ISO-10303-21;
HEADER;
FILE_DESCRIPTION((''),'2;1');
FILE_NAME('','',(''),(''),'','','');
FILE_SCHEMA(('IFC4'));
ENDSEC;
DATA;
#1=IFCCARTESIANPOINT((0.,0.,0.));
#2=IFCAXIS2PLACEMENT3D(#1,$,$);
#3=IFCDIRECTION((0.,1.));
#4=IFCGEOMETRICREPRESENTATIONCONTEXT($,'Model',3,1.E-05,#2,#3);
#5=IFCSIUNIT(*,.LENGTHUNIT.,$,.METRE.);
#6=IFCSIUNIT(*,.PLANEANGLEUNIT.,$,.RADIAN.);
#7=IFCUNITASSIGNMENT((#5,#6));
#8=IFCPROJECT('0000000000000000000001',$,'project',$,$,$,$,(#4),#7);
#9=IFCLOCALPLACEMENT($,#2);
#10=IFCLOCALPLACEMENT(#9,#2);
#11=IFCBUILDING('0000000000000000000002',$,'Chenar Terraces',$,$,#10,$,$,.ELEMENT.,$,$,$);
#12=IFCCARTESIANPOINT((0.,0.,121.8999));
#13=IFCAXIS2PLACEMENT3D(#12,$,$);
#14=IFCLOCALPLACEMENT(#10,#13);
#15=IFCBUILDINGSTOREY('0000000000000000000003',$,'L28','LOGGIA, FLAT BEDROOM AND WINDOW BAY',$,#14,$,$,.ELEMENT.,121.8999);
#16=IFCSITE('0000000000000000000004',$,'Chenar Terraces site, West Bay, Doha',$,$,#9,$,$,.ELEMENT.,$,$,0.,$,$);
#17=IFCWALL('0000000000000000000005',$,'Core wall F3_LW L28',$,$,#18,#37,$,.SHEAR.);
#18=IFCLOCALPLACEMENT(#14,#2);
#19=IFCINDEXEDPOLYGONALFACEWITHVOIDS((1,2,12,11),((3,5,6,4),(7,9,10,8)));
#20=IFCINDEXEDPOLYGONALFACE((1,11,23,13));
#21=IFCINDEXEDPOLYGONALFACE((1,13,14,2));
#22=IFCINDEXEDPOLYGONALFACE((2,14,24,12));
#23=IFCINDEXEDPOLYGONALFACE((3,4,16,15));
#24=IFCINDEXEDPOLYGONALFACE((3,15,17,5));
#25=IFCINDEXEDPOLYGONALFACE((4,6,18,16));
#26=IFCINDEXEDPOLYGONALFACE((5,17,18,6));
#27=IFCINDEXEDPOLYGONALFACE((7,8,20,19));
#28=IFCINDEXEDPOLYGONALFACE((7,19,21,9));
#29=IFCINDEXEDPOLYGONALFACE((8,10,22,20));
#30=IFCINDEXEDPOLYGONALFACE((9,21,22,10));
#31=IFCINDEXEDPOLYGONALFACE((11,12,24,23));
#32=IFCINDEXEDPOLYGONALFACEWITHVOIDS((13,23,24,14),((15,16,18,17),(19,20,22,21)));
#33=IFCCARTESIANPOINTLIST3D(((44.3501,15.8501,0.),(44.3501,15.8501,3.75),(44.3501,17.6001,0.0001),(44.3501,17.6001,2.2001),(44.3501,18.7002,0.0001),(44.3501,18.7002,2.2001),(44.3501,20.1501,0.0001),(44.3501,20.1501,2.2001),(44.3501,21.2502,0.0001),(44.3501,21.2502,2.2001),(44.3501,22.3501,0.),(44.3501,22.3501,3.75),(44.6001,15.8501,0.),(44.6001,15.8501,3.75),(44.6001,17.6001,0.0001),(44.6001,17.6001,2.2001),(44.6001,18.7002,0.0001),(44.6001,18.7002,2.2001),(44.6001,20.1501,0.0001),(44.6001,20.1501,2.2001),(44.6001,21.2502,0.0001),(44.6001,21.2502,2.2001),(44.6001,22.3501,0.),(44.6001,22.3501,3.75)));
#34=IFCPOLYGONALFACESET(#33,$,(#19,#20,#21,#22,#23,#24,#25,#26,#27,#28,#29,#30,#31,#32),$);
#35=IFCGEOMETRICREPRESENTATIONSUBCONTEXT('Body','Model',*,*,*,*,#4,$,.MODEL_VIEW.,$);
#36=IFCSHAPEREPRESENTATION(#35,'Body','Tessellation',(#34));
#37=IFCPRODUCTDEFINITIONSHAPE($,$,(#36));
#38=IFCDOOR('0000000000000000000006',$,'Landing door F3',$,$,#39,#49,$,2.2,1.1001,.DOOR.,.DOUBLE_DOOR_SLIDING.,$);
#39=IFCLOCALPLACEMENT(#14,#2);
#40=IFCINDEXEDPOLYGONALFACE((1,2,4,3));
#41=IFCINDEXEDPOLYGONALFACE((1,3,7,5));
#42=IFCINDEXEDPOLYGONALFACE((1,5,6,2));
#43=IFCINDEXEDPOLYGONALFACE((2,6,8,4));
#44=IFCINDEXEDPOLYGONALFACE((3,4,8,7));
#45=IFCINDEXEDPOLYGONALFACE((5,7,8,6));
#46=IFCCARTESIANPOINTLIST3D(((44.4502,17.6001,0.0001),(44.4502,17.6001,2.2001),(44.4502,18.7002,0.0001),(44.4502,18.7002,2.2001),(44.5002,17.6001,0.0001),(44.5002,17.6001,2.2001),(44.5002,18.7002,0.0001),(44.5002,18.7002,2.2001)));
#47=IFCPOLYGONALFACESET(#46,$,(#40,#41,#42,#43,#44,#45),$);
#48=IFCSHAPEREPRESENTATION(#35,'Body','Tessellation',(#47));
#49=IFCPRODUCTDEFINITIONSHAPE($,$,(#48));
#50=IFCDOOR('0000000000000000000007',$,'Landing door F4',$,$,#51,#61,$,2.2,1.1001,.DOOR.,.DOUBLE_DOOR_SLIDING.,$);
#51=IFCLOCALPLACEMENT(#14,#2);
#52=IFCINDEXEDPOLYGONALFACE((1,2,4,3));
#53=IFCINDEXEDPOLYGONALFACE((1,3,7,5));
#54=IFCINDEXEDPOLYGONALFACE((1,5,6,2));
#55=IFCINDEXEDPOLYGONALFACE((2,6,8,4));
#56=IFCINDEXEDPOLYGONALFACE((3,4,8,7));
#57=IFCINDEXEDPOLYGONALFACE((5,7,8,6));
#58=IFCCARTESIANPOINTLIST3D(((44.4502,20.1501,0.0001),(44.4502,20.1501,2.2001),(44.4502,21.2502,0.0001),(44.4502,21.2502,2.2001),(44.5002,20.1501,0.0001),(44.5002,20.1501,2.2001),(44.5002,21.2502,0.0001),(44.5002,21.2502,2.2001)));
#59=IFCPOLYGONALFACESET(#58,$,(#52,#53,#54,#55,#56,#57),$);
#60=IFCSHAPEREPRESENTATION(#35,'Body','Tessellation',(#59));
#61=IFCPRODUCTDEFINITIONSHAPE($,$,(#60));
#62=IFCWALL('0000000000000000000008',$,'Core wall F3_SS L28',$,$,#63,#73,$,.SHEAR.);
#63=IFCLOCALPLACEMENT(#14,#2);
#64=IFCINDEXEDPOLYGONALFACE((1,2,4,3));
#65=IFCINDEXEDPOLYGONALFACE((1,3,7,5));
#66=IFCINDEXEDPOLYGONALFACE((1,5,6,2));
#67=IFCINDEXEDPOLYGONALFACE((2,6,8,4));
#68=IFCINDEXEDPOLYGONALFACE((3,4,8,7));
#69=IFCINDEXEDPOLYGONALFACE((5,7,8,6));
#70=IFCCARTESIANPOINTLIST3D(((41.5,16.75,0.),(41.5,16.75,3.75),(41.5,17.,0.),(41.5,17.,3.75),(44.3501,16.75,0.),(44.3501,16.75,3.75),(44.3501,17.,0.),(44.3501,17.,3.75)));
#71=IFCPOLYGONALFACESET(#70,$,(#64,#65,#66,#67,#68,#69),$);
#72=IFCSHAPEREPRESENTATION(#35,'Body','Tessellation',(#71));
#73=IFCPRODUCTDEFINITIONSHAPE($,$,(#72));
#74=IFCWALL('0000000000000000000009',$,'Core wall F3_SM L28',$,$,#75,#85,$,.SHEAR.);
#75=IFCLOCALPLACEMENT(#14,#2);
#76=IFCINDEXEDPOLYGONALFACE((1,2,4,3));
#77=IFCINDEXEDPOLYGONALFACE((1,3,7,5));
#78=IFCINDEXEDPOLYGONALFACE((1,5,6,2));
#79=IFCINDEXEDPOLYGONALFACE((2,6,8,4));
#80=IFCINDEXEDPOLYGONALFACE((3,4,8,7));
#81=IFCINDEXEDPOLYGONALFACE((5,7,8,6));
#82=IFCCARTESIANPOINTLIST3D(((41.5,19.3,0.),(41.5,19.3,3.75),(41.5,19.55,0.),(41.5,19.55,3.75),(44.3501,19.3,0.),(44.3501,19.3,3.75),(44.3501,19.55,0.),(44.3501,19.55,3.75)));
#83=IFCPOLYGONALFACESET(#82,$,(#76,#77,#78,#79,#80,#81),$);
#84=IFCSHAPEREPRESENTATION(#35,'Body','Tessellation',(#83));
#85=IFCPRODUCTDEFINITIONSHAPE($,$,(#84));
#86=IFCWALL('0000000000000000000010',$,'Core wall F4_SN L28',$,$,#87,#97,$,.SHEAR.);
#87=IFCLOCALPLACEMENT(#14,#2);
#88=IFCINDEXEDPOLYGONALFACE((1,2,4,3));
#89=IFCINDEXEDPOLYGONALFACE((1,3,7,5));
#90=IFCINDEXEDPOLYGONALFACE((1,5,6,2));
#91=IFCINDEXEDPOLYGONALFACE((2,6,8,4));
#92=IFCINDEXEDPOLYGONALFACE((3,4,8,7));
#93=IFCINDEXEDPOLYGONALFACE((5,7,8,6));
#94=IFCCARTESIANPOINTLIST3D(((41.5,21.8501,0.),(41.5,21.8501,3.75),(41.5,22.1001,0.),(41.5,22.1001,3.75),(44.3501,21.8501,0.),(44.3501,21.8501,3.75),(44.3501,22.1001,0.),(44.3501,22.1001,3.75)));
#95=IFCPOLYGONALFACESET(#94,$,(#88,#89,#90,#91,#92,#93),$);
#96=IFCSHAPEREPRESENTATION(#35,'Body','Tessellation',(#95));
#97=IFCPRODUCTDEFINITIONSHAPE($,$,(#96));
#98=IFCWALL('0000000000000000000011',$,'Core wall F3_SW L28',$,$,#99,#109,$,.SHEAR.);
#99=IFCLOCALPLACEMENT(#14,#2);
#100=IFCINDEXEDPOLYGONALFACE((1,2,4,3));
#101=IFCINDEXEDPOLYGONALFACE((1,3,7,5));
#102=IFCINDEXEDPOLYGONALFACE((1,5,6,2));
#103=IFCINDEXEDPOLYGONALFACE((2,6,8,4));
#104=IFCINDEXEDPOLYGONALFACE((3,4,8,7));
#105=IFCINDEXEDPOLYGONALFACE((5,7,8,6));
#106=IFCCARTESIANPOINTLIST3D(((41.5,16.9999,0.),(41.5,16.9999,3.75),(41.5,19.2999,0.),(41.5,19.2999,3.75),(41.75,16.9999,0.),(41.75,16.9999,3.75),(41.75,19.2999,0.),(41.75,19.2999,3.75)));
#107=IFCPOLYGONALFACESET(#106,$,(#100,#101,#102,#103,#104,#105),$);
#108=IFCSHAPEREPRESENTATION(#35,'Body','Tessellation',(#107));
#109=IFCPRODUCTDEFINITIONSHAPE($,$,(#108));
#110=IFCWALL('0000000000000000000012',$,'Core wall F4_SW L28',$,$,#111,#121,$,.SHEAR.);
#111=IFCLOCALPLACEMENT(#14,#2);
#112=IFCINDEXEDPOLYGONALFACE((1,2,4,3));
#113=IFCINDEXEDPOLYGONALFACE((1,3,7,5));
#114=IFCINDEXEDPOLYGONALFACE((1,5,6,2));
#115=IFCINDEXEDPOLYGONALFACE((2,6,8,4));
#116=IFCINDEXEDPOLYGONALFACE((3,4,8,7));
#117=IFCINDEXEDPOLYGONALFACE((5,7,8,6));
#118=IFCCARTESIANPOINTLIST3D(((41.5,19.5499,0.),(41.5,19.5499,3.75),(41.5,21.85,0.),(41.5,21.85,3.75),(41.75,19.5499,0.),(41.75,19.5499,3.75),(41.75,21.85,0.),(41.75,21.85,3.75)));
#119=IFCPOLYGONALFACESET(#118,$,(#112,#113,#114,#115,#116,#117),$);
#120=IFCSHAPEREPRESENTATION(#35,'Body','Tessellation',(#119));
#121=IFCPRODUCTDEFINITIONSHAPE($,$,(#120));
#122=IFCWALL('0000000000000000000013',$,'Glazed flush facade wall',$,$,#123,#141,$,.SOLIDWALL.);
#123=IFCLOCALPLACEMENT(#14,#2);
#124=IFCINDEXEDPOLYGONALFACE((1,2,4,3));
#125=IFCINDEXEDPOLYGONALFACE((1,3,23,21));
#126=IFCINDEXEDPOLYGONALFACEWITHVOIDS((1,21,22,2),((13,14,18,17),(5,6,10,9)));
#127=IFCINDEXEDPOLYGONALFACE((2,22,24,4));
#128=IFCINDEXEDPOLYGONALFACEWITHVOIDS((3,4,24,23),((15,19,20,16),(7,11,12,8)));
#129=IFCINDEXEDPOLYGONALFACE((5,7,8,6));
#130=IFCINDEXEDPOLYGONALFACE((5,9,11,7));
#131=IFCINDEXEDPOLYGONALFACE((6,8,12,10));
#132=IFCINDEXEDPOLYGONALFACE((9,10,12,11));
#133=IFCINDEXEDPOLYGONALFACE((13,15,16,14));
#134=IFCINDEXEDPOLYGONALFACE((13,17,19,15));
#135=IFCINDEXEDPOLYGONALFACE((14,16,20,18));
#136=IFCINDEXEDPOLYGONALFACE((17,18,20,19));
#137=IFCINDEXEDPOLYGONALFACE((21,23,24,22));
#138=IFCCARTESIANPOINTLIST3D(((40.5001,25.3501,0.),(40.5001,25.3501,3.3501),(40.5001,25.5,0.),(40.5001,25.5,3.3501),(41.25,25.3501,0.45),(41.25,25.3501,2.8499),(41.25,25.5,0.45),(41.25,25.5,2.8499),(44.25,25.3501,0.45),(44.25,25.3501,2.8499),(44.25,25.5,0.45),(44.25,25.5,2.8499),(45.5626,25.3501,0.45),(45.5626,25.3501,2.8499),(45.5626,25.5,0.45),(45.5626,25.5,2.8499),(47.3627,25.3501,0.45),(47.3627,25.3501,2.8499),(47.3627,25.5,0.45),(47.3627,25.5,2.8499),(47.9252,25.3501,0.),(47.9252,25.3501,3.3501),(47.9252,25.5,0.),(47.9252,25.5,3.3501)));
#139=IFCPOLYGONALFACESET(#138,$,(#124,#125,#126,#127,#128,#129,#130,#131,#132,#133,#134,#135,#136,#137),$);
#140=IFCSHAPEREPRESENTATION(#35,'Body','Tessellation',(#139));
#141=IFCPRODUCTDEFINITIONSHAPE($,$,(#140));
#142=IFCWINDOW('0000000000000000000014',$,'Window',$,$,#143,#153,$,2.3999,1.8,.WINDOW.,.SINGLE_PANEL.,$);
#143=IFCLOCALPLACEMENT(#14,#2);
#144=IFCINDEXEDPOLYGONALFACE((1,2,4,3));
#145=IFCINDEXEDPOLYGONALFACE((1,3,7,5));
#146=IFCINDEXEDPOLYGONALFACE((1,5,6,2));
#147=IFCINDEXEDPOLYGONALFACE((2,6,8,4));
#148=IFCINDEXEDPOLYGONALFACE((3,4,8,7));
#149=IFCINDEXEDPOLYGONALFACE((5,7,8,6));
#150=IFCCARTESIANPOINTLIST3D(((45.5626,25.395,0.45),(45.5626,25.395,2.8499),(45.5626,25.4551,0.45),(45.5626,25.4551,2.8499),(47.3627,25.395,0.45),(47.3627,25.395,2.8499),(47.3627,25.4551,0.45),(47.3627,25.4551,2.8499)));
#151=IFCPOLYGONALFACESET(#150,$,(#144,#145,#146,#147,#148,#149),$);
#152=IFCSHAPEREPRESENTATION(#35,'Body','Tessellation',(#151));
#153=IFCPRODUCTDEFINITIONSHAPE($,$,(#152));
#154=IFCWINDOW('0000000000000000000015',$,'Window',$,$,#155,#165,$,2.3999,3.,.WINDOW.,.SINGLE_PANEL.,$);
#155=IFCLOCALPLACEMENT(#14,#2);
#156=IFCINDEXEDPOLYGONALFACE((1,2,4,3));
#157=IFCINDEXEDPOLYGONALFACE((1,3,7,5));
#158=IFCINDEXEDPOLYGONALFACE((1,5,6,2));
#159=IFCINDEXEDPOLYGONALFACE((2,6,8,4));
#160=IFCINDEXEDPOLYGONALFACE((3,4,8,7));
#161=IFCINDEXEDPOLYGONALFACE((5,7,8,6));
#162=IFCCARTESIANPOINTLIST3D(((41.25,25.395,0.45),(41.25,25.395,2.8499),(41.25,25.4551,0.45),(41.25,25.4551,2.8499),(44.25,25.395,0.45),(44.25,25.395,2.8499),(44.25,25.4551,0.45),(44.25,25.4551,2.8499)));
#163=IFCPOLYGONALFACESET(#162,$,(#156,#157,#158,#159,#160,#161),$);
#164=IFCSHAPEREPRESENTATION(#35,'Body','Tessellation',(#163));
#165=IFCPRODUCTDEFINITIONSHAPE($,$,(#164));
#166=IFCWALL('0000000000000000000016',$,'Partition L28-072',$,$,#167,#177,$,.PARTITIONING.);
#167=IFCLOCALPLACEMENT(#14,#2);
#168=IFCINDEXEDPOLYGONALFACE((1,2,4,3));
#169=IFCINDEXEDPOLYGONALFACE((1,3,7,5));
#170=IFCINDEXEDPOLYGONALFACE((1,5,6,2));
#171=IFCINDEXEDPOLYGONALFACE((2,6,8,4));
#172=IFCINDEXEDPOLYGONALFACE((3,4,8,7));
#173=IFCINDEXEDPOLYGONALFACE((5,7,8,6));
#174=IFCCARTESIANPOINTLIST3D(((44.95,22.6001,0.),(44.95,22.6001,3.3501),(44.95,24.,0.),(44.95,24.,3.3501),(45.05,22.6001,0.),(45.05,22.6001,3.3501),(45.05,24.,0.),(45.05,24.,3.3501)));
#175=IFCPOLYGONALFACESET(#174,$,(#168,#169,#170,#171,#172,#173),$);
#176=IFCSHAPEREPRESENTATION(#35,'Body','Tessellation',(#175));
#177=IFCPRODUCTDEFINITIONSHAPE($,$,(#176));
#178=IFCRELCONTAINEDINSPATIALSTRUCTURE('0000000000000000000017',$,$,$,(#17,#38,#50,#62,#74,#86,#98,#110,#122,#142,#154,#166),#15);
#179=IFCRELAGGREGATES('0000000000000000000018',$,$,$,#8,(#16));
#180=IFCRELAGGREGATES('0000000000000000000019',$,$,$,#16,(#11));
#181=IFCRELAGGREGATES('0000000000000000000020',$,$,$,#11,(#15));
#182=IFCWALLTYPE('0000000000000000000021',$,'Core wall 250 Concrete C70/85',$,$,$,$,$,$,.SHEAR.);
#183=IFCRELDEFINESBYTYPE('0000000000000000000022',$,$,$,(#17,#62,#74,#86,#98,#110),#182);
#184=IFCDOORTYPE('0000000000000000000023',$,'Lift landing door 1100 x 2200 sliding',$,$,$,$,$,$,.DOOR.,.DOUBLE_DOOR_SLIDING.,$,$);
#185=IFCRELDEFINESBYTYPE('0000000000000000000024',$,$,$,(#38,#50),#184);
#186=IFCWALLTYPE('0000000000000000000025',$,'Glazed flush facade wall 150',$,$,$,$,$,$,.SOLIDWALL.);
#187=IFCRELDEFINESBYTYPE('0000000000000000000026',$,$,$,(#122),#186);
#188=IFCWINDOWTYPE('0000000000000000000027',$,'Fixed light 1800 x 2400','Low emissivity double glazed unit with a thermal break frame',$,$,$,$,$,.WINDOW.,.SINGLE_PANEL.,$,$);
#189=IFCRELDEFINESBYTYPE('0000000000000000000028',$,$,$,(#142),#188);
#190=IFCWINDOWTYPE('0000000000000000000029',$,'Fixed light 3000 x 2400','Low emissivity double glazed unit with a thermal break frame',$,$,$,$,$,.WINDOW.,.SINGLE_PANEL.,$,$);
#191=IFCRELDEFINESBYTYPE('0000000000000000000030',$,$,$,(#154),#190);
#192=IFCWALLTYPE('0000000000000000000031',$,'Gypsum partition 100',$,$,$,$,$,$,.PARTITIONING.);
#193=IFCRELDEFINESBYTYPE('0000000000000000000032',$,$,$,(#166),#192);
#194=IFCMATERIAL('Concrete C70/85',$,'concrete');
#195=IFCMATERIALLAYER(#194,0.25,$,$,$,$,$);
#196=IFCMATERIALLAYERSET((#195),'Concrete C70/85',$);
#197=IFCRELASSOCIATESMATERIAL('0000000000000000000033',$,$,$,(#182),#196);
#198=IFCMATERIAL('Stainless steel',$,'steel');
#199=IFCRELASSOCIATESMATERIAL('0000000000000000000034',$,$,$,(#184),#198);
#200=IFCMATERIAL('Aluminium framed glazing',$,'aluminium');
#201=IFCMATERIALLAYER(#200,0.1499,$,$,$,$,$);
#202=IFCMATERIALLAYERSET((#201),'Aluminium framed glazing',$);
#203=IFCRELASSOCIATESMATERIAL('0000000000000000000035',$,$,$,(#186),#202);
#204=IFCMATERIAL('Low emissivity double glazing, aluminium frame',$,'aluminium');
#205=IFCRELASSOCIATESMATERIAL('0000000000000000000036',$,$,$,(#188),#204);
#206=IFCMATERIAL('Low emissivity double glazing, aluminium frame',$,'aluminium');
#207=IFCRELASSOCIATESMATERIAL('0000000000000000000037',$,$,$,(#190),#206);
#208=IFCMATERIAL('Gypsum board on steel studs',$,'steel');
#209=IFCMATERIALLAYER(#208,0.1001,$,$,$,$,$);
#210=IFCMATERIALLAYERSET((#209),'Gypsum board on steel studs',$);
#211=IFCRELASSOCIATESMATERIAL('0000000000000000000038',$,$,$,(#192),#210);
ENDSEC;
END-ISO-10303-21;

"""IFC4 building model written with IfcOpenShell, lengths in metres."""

from ifc_helpers import new_model, si_unit, direction, frame, frame_2d, origin, place, context, subcontext, project, spatial, rectangle, extrude, material, layer, layer_set, type_object, element, fill, save


model = new_model("IFC4")

# Units and contexts
model_context = context("Model", 3, precision=1e-05, world=origin(), true_north=direction((0.0, 1.0)))
body_context = subcontext(model_context, "Body", "Model", "MODEL_VIEW")
ifc_project = project(units=[si_unit("LENGTHUNIT", "METRE"), si_unit("PLANEANGLEUNIT", "RADIAN")], contexts=[model_context])

# Site, building, storey
site_placement = place(None, origin())
site = spatial("IfcSite", under=ifc_project, at=site_placement, Name="Chenar Terraces site, West Bay, Doha", CompositionType="ELEMENT", RefElevation=0.0)
building_placement = place(site_placement, origin())
building = spatial("IfcBuilding", under=site, at=building_placement, Name="Chenar Terraces", CompositionType="ELEMENT")
storey_placement = place(building_placement, frame((0.0, 0.0, 121.8999)))
storey = spatial("IfcBuildingStorey", under=building, at=storey_placement, Name="L28", Description="LOGGIA, FLAT BEDROOM AND WINDOW BAY", CompositionType="ELEMENT", Elevation=121.8999)

# Shared definitions
ifc_material_1 = material(Name="Concrete C70/85", Category="concrete")
ifc_layer_1 = layer(ifc_material_1, 0.25)
ifc_layer_set_1 = layer_set([ifc_layer_1], Name="Concrete C70/85")
wall_type_1 = type_object("IfcWallType", Name="Core wall 250 Concrete C70/85", PredefinedType="SHEAR", material=ifc_layer_set_1)

# Wall, openings, doors
wall_1_placement = place(storey_placement, frame((44.4751, 15.8501, 0.0), z_axis=(0.0, 0.0, 1.0), x_axis=(0.0, 1.0, 0.0)))
wall_1 = element("IfcWall", 1, at=wall_1_placement, inside=storey, type_object=wall_type_1, Name="Core wall F3_LW L28", PredefinedType="SHEAR", context=body_context, shape_type="SweptSolid", body=[
    extrude(rectangle(XDim=6.5, YDim=0.25, at=frame_2d((3.25, 0.0))), origin(), (0.0, 0.0, 1.0), 3.75),
])
opening_1_placement = place(wall_1_placement, frame((1.75, 0.0, 0.0)))
opening_1 = element("IfcOpeningElement", 2, at=opening_1_placement, cuts=wall_1, PredefinedType="OPENING", context=body_context, shape_type="SweptSolid", body=[
    extrude(rectangle(XDim=1.1001, YDim=2.2, at=frame_2d((0.55, 1.1001))), frame((0.0, 0.135, 0.0), z_axis=(0.0, -1.0, 0.0), x_axis=(1.0, 0.0, 0.0)), (0.0, 0.0, 1.0), 0.27),
])
opening_2_placement = place(wall_1_placement, frame((4.3, 0.0, 0.0)))
opening_2 = element("IfcOpeningElement", 3, at=opening_2_placement, cuts=wall_1, PredefinedType="OPENING", context=body_context, shape_type="SweptSolid", body=[
    extrude(rectangle(XDim=1.1001, YDim=2.2, at=frame_2d((0.55, 1.1001))), frame((0.0, 0.135, 0.0), z_axis=(0.0, -1.0, 0.0), x_axis=(1.0, 0.0, 0.0)), (0.0, 0.0, 1.0), 0.27),
])
ifc_material_2 = material(Name="Stainless steel", Category="steel")
door_type_1 = type_object("IfcDoorType", Name="Lift landing door 1100 x 2200 sliding", OperationType="DOUBLE_DOOR_SLIDING", PredefinedType="DOOR", material=ifc_material_2)
door_1_placement = place(opening_1_placement, origin())
door_1 = element("IfcDoor", 4, at=door_1_placement, inside=storey, type_object=door_type_1, Name="Landing door F3", OperationType="DOUBLE_DOOR_SLIDING", OverallHeight=2.2, OverallWidth=1.1001, PredefinedType="DOOR", context=body_context, shape_type="SweptSolid", body=[
    extrude(rectangle(XDim=1.1001, YDim=2.2, at=frame_2d((0.55, 1.1001))), frame((0.0, 0.0249, 0.0), z_axis=(0.0, -1.0, 0.0), x_axis=(1.0, 0.0, 0.0)), (0.0, 0.0, 1.0), 0.05),
])
fill(opening_1, door_1)
door_2_placement = place(opening_2_placement, origin())
door_2 = element("IfcDoor", 5, at=door_2_placement, inside=storey, type_object=door_type_1, Name="Landing door F4", OperationType="DOUBLE_DOOR_SLIDING", OverallHeight=2.2, OverallWidth=1.1001, PredefinedType="DOOR", context=body_context, shape_type="SweptSolid", body=[
    extrude(rectangle(XDim=1.1001, YDim=2.2, at=frame_2d((0.55, 1.1001))), frame((0.0, 0.0249, 0.0), z_axis=(0.0, -1.0, 0.0), x_axis=(1.0, 0.0, 0.0)), (0.0, 0.0, 1.0), 0.05),
])
fill(opening_2, door_2)

# Walls
for number, where, z_axis, x_axis, name in (
    (6, (41.5, 16.875, 0.0), (0.0, 0.0, 1.0), (1.0, 0.0, 0.0), "Core wall F3_SS L28"),
    (7, (41.5, 19.425, 0.0), (0.0, 0.0, 1.0), (1.0, 0.0, 0.0), "Core wall F3_SM L28"),
    (8, (41.5, 21.9751, 0.0), (0.0, 0.0, 1.0), (1.0, 0.0, 0.0), "Core wall F4_SN L28"),
):
    element("IfcWall", number, at=place(storey_placement, frame(where, z_axis=z_axis, x_axis=x_axis)), inside=storey, type_object=wall_type_1, Name=name, PredefinedType="SHEAR", context=body_context, shape_type="SweptSolid", body=[
        extrude(rectangle(XDim=2.8501, YDim=0.25, at=frame_2d((1.425, 0.0))), origin(), (0.0, 0.0, 1.0), 3.75),
    ])
for number, where, z_axis, x_axis, name in (
    (9, (41.625, 17.0, 0.0), (0.0, 0.0, 1.0), (0.0, 1.0, 0.0), "Core wall F3_SW L28"),
    (10, (41.625, 19.55, 0.0), (0.0, 0.0, 1.0), (0.0, 1.0, 0.0), "Core wall F4_SW L28"),
):
    element("IfcWall", number, at=place(storey_placement, frame(where, z_axis=z_axis, x_axis=x_axis)), inside=storey, type_object=wall_type_1, Name=name, PredefinedType="SHEAR", context=body_context, shape_type="SweptSolid", body=[
        extrude(rectangle(XDim=2.3, YDim=0.25, at=frame_2d((1.1499, 0.0))), origin(), (0.0, 0.0, 1.0), 3.75),
    ])

# Wall, openings, windows
ifc_material_3 = material(Name="Aluminium framed glazing", Category="aluminium")
ifc_layer_2 = layer(ifc_material_3, 0.1499)
ifc_layer_set_2 = layer_set([ifc_layer_2], Name="Aluminium framed glazing")
wall_type_2 = type_object("IfcWallType", Name="Glazed flush facade wall 150", PredefinedType="SOLIDWALL", material=ifc_layer_set_2)
wall_2_placement = place(storey_placement, frame((47.925, 25.425, 0.0), z_axis=(0.0, 0.0, 1.0), x_axis=(-1.0, 0.0, 0.0)))
wall_2 = element("IfcWall", 11, at=wall_2_placement, inside=storey, type_object=wall_type_2, Name="Glazed flush facade wall", PredefinedType="SOLIDWALL", context=body_context, shape_type="SweptSolid", body=[
    extrude(rectangle(XDim=7.425, YDim=0.1499, at=frame_2d((3.7124, 0.0))), origin(), (0.0, 0.0, 1.0), 3.3501),
])
opening_3_placement = place(wall_2_placement, frame((0.5625, 0.0, 0.45)))
opening_3 = element("IfcOpeningElement", 12, at=opening_3_placement, cuts=wall_2, PredefinedType="OPENING", context=body_context, shape_type="SweptSolid", body=[
    extrude(rectangle(XDim=1.8, YDim=2.3999, at=frame_2d((0.8999, 1.2))), frame((0.0, 0.085, 0.0), z_axis=(0.0, -1.0, 0.0), x_axis=(1.0, 0.0, 0.0)), (0.0, 0.0, 1.0), 0.1699),
])
opening_4_placement = place(wall_2_placement, frame((3.675, 0.0, 0.45)))
opening_4 = element("IfcOpeningElement", 13, at=opening_4_placement, cuts=wall_2, PredefinedType="OPENING", context=body_context, shape_type="SweptSolid", body=[
    extrude(rectangle(XDim=3.0, YDim=2.3999, at=frame_2d((1.5, 1.2))), frame((0.0, 0.085, 0.0), z_axis=(0.0, -1.0, 0.0), x_axis=(1.0, 0.0, 0.0)), (0.0, 0.0, 1.0), 0.1699),
])
ifc_material_4 = material(Name="Low emissivity double glazing, aluminium frame", Category="aluminium")
window_type_1 = type_object("IfcWindowType", Name="Fixed light 1800 x 2400", Description="Low emissivity double glazed unit with a thermal break frame", PartitioningType="SINGLE_PANEL", PredefinedType="WINDOW", material=ifc_material_4)
window_1_placement = place(opening_3_placement, origin())
window_1 = element("IfcWindow", 14, at=window_1_placement, inside=storey, type_object=window_type_1, Name="Window", OverallHeight=2.3999, OverallWidth=1.8, PartitioningType="SINGLE_PANEL", PredefinedType="WINDOW", context=body_context, shape_type="SweptSolid", body=[
    extrude(rectangle(XDim=1.8, YDim=2.3999, at=frame_2d((0.8999, 1.2))), frame((0.0, 0.03, 0.0), z_axis=(0.0, -1.0, 0.0), x_axis=(1.0, 0.0, 0.0)), (0.0, 0.0, 1.0), 0.0601),
])
fill(opening_3, window_1)
ifc_material_5 = material(Name="Low emissivity double glazing, aluminium frame", Category="aluminium")
window_type_2 = type_object("IfcWindowType", Name="Fixed light 3000 x 2400", Description="Low emissivity double glazed unit with a thermal break frame", PartitioningType="SINGLE_PANEL", PredefinedType="WINDOW", material=ifc_material_5)
window_2_placement = place(opening_4_placement, origin())
window_2 = element("IfcWindow", 15, at=window_2_placement, inside=storey, type_object=window_type_2, Name="Window", OverallHeight=2.3999, OverallWidth=3.0, PartitioningType="SINGLE_PANEL", PredefinedType="WINDOW", context=body_context, shape_type="SweptSolid", body=[
    extrude(rectangle(XDim=3.0, YDim=2.3999, at=frame_2d((1.5, 1.2))), frame((0.0, 0.03, 0.0), z_axis=(0.0, -1.0, 0.0), x_axis=(1.0, 0.0, 0.0)), (0.0, 0.0, 1.0), 0.0601),
])
fill(opening_4, window_2)

# Wall
ifc_material_6 = material(Name="Gypsum board on steel studs", Category="steel")
ifc_layer_3 = layer(ifc_material_6, 0.1001)
ifc_layer_set_3 = layer_set([ifc_layer_3], Name="Gypsum board on steel studs")
wall_type_3 = type_object("IfcWallType", Name="Gypsum partition 100", PredefinedType="PARTITIONING", material=ifc_layer_set_3)
wall_3_placement = place(storey_placement, frame((45.0, 22.6001, 0.0), z_axis=(0.0, 0.0, 1.0), x_axis=(0.0, 1.0, 0.0)))
element("IfcWall", 16, at=wall_3_placement, inside=storey, type_object=wall_type_3, Name="Partition L28-072", PredefinedType="PARTITIONING", context=body_context, shape_type="SweptSolid", body=[
    extrude(rectangle(XDim=1.3999, YDim=0.1001, at=frame_2d((0.7, 0.0))), origin(), (0.0, 0.0, 1.0), 3.3501),
])

save(model, "model.ifc")
